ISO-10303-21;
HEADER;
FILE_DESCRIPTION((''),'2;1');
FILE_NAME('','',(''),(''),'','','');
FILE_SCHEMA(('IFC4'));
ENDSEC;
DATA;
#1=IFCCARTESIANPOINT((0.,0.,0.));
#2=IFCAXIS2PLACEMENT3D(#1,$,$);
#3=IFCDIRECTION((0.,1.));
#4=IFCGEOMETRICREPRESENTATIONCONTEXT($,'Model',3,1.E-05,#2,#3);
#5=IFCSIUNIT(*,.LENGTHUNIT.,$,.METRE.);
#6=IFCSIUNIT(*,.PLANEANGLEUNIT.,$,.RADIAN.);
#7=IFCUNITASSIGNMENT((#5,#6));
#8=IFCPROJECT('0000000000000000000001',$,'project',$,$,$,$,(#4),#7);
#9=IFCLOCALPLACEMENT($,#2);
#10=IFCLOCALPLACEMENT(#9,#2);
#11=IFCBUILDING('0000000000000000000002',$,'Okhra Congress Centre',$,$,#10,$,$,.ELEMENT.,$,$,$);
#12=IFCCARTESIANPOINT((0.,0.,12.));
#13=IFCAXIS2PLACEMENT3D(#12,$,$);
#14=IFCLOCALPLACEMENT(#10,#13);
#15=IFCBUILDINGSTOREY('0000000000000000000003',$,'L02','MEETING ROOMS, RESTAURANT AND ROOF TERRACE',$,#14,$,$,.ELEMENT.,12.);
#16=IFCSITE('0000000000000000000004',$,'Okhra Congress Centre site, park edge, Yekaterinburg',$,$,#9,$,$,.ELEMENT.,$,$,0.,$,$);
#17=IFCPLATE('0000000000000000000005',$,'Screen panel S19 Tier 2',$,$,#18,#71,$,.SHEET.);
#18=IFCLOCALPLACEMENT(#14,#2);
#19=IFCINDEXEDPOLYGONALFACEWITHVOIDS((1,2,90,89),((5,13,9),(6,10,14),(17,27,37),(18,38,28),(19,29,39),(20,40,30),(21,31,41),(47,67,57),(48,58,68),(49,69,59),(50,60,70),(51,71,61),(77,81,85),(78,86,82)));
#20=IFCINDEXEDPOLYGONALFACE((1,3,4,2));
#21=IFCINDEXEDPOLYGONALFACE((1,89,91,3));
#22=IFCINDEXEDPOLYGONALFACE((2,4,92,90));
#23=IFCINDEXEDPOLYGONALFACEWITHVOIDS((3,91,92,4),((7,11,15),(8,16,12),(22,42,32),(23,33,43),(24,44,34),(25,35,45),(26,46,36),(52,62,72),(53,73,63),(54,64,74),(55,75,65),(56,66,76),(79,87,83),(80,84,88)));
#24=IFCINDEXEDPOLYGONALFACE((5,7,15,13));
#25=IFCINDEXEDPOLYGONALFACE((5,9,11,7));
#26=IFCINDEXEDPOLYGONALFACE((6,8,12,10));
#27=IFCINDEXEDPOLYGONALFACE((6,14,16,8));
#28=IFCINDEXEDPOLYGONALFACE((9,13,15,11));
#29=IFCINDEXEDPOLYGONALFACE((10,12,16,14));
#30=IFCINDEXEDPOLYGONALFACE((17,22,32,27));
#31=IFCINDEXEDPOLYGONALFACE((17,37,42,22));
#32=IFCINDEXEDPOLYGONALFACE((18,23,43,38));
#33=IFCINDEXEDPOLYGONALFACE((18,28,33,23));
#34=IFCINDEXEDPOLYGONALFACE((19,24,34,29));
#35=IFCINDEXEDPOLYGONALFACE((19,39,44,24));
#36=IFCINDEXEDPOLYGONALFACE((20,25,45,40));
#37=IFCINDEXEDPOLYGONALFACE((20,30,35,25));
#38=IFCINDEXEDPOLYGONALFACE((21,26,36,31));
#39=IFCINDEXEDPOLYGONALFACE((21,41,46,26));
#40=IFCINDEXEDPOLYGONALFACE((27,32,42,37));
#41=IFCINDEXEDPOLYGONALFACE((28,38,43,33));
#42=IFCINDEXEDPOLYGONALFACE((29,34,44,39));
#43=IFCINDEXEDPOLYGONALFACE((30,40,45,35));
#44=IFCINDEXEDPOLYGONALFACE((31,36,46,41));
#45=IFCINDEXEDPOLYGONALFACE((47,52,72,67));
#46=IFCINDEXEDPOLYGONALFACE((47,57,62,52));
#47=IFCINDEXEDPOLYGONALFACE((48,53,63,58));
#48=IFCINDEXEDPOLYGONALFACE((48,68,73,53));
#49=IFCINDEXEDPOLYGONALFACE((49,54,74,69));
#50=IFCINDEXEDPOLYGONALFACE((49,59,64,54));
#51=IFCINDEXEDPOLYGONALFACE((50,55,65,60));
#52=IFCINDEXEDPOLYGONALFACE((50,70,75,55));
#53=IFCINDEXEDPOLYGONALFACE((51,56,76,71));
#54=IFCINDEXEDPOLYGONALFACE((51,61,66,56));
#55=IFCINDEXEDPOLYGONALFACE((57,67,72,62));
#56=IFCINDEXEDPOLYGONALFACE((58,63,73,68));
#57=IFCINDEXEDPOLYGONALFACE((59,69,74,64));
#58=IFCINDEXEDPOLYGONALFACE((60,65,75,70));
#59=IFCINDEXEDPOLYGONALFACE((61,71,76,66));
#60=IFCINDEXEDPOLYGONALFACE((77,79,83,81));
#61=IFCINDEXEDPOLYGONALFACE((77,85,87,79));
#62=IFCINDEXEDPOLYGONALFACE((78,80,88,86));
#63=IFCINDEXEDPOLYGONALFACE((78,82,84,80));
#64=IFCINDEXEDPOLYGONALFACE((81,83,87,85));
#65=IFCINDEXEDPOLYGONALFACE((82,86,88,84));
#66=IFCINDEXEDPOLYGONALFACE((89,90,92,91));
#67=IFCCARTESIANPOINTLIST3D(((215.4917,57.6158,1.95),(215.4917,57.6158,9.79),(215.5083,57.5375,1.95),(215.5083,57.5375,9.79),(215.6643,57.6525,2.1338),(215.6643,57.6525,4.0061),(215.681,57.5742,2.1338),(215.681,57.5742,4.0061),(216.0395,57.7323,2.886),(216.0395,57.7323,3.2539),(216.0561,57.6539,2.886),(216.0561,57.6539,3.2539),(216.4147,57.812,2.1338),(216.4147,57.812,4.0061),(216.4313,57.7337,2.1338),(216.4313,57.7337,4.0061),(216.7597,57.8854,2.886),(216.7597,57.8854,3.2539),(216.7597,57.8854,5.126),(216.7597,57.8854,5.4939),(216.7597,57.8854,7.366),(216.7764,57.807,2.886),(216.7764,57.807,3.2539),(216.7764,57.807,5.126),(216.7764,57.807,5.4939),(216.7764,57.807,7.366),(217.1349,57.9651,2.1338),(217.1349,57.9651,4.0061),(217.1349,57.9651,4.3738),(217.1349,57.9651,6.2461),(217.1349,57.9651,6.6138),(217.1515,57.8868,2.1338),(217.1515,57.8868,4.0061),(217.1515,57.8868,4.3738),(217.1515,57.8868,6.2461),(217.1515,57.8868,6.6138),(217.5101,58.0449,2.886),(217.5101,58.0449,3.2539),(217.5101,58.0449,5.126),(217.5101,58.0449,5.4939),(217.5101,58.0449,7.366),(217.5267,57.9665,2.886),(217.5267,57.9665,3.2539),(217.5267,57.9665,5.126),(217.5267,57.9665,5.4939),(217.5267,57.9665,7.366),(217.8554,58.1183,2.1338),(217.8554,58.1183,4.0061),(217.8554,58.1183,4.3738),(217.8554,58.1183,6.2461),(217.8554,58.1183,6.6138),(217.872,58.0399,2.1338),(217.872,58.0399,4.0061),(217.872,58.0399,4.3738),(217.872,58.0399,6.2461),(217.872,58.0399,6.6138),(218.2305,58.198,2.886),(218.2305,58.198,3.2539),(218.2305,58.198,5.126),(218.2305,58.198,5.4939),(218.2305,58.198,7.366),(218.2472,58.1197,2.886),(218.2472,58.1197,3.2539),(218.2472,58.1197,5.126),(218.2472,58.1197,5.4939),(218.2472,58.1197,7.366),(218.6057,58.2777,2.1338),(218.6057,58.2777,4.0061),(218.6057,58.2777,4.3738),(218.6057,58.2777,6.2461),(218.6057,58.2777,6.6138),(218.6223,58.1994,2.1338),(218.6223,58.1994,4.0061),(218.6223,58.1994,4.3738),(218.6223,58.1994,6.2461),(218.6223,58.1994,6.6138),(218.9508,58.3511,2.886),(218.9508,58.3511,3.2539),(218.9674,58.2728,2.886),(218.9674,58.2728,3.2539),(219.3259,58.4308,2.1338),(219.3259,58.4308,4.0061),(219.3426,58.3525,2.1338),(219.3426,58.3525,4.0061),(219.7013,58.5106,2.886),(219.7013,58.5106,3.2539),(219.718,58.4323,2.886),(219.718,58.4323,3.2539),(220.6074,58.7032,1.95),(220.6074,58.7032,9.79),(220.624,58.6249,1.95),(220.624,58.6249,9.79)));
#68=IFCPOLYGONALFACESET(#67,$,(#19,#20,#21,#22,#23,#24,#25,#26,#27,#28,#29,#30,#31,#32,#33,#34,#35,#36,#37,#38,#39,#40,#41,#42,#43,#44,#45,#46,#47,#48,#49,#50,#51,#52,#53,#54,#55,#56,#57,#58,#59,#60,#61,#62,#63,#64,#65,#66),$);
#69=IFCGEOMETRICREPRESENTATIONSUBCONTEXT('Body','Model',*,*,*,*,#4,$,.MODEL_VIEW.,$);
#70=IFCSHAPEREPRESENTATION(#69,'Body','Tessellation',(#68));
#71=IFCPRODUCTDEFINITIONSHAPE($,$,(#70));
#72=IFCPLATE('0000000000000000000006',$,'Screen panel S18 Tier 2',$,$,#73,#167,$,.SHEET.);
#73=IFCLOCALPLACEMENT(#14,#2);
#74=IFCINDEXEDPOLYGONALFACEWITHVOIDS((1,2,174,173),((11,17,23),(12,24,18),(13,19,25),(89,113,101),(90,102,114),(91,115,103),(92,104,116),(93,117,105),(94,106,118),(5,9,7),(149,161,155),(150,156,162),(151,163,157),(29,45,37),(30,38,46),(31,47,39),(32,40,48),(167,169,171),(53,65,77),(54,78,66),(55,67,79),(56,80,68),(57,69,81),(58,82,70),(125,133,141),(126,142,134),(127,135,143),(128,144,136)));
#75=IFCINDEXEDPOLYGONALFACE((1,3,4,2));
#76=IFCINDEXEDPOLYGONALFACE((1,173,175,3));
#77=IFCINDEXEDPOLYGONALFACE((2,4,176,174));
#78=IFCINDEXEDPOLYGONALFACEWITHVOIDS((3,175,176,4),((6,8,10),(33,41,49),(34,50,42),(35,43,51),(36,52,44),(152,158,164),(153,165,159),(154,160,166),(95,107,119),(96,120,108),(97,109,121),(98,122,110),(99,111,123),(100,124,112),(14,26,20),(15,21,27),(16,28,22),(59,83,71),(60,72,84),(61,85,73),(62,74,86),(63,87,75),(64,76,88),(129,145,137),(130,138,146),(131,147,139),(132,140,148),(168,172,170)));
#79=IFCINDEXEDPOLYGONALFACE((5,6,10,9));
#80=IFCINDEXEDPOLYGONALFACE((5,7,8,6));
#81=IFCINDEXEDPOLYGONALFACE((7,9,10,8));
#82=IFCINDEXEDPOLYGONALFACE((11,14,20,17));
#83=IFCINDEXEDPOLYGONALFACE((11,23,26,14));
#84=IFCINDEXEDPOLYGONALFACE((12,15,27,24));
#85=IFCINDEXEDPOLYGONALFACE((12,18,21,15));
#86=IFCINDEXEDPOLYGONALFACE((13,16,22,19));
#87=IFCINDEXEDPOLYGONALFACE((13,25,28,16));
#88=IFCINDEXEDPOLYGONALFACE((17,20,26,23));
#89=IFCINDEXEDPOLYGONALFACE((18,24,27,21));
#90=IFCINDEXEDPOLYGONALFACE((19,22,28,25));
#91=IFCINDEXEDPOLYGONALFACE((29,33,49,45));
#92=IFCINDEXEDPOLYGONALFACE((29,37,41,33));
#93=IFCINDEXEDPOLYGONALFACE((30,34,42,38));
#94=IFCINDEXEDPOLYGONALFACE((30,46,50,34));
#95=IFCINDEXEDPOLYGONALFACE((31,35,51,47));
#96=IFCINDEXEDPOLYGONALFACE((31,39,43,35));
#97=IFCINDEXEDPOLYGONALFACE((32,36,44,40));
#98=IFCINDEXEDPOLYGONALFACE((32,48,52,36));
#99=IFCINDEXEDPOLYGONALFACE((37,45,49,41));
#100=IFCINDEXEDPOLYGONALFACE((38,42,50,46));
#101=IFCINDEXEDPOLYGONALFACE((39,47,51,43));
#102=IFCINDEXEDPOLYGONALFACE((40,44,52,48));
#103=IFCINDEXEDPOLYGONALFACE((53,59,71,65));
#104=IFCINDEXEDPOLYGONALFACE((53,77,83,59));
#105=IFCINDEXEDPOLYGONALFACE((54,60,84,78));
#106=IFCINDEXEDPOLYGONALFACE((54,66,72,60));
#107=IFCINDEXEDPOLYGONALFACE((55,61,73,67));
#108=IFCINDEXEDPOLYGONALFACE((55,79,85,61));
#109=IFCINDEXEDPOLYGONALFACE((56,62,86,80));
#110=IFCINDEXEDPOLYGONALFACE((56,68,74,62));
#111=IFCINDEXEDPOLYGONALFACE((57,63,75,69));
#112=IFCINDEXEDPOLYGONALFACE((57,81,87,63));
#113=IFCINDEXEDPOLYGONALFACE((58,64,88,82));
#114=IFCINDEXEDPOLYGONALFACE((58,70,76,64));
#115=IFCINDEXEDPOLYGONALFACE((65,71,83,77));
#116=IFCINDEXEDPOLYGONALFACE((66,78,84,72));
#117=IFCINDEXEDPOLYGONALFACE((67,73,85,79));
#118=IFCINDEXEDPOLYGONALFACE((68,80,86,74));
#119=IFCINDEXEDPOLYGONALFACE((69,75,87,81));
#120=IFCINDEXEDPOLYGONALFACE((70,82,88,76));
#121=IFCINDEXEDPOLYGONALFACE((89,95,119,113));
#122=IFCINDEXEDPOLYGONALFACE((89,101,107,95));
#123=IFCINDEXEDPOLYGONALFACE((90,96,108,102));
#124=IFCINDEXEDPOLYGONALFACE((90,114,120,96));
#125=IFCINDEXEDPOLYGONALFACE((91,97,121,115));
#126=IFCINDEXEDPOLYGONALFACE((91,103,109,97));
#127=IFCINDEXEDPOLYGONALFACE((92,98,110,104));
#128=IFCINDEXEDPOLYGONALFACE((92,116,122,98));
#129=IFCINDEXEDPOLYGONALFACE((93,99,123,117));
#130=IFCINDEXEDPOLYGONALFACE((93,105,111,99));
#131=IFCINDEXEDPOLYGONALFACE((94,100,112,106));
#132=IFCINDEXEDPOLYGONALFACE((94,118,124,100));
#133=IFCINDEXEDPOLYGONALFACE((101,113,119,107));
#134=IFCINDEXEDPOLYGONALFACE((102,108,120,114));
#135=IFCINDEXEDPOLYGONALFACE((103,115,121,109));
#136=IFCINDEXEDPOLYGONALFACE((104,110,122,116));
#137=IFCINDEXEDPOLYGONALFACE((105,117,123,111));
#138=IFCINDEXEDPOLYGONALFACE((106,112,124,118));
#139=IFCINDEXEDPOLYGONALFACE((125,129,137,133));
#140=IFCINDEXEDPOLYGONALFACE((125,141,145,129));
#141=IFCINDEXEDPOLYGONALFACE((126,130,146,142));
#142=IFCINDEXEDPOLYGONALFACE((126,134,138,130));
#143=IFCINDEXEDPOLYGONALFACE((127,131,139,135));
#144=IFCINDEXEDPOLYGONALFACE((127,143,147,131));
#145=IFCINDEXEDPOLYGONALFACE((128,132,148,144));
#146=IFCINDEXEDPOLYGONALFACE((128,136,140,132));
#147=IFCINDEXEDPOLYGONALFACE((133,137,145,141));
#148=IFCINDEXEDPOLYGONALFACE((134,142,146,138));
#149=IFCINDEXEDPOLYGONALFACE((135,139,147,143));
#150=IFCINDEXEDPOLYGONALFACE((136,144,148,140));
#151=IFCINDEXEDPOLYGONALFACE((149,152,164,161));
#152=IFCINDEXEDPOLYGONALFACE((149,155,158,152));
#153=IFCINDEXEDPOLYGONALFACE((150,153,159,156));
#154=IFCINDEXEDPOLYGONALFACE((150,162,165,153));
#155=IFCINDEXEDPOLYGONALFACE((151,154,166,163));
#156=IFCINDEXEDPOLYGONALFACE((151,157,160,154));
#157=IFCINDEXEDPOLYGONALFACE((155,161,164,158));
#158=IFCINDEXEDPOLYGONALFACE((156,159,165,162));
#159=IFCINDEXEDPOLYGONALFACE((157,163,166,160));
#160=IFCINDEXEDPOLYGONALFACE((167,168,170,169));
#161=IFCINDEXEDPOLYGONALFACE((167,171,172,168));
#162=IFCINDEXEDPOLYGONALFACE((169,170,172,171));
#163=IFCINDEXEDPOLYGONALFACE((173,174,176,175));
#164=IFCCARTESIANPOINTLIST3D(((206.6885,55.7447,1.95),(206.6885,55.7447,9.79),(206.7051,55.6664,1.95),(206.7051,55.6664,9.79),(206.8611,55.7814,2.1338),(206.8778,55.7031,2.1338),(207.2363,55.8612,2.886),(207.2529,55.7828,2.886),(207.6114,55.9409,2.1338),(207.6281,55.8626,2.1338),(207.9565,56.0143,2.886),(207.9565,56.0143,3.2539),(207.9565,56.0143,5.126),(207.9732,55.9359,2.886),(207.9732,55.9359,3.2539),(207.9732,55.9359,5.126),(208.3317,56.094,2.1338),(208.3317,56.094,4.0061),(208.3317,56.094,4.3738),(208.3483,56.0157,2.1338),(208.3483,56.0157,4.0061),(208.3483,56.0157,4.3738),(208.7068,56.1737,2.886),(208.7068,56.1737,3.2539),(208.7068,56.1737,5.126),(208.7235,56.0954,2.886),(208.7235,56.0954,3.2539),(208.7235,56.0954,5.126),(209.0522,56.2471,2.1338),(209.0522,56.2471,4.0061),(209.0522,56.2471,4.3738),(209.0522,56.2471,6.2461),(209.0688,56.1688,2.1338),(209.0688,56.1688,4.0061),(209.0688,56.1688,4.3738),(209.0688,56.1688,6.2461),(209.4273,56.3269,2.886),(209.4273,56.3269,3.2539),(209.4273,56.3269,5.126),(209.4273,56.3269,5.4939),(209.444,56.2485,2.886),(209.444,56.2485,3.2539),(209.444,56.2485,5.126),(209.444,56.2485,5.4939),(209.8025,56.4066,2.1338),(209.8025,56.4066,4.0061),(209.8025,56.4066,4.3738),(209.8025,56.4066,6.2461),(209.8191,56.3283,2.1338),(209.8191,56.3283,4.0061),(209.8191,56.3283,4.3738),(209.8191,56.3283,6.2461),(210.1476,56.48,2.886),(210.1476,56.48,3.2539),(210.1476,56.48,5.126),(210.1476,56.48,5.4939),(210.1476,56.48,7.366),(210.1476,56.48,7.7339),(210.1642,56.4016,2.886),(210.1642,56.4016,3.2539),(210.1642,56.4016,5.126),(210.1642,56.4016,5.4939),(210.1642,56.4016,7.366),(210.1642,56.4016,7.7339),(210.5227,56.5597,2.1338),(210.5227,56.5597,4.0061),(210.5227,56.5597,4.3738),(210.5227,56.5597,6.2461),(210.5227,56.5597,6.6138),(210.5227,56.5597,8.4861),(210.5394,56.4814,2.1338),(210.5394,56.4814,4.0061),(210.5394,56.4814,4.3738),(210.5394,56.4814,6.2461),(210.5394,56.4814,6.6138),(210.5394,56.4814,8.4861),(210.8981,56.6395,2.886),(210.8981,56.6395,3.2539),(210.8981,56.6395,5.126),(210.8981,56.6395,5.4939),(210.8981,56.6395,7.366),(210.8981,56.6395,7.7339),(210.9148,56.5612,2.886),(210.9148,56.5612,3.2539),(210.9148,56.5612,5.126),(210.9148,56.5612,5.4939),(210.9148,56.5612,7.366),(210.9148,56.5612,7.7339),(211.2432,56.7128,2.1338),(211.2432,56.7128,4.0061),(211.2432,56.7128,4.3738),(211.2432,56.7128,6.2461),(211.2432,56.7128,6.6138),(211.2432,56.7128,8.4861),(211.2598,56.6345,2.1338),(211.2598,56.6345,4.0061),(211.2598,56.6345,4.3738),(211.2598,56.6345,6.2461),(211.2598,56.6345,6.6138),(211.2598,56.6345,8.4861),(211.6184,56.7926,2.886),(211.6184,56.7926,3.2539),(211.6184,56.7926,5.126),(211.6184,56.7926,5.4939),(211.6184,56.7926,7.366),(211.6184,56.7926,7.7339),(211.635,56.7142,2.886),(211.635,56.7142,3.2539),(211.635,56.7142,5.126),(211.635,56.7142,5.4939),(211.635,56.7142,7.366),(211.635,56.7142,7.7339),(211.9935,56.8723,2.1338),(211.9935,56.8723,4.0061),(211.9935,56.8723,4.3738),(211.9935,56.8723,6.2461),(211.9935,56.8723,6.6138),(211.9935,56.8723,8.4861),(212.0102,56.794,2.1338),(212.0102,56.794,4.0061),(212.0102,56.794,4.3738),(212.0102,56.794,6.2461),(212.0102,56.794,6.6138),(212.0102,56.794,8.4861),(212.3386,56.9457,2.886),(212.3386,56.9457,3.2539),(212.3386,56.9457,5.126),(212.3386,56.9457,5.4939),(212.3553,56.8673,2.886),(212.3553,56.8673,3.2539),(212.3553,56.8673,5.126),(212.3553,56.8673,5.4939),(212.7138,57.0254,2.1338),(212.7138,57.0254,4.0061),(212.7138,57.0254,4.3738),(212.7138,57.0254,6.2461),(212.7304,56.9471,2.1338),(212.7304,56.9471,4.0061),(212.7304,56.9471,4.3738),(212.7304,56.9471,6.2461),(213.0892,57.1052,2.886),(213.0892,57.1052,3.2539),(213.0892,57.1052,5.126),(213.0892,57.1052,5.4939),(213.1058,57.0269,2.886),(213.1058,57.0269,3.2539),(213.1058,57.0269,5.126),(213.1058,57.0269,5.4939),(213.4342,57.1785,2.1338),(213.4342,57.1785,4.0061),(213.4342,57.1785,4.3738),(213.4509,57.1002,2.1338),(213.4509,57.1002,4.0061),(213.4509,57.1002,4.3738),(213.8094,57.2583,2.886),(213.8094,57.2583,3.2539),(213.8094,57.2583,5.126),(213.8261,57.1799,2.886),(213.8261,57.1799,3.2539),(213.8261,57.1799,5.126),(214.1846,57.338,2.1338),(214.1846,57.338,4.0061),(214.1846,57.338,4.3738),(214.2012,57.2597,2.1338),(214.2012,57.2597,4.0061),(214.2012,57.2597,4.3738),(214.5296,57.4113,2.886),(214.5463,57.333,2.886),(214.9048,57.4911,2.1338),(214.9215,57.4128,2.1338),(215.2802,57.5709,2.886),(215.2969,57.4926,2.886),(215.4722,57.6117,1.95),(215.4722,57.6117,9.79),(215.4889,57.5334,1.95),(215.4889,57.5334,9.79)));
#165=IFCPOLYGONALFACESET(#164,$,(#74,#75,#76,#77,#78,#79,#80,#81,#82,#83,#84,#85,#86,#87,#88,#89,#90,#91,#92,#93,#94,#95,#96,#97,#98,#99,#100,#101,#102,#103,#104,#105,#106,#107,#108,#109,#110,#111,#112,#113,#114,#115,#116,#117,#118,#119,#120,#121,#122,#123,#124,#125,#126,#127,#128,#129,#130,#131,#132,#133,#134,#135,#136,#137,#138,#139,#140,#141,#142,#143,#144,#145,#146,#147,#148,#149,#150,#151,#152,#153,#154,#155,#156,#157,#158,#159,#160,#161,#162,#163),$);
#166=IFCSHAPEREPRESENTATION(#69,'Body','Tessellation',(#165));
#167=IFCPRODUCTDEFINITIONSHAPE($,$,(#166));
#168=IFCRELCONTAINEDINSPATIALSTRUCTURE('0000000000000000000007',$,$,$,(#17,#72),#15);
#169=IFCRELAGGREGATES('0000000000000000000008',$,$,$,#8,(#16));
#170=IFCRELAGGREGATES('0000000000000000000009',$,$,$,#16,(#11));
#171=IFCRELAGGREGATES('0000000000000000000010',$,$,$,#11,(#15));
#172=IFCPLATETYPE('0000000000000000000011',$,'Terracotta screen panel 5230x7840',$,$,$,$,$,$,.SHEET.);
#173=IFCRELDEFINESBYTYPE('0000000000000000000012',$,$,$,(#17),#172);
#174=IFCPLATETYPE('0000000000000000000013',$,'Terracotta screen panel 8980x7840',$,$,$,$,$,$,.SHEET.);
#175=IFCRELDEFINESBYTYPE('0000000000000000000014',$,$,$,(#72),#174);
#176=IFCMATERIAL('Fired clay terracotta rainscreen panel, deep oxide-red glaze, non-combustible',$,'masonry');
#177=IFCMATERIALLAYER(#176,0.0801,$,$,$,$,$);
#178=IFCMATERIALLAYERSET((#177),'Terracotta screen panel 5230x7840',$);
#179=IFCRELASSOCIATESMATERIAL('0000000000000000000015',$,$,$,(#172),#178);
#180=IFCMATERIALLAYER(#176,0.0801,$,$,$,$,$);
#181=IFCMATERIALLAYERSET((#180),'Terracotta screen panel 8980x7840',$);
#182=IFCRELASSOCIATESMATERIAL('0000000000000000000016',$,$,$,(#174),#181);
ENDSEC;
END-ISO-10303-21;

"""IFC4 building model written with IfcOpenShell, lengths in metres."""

from ifc_helpers import new_model, si_unit, direction, frame, origin, place, context, subcontext, project, spatial, polyline, outline, extrude, material, layer, layer_set, type_object, element, save


model = new_model("IFC4")

# Units and contexts
model_context = context("Model", 3, precision=1e-05, world=origin(), true_north=direction((0.0, 1.0)))
body_context = subcontext(model_context, "Body", "Model", "MODEL_VIEW")
ifc_project = project(units=[si_unit("LENGTHUNIT", "METRE"), si_unit("PLANEANGLEUNIT", "RADIAN")], contexts=[model_context])

# Site, building, storey
site_placement = place(None, origin())
site = spatial("IfcSite", under=ifc_project, at=site_placement, Name="Okhra Congress Centre site, park edge, Yekaterinburg", CompositionType="ELEMENT", RefElevation=0.0)
building_placement = place(site_placement, origin())
building = spatial("IfcBuilding", under=site, at=building_placement, Name="Okhra Congress Centre", CompositionType="ELEMENT")
storey_placement = place(building_placement, frame((0.0, 0.0, 12.0)))
storey = spatial("IfcBuildingStorey", under=building, at=storey_placement, Name="L02", Description="MEETING ROOMS, RESTAURANT AND ROOF TERRACE", CompositionType="ELEMENT", Elevation=12.0)

# Plates
ifc_material_1 = material(Name="Fired clay terracotta rainscreen panel, deep oxide-red glaze, non-combustible", Category="masonry")
ifc_layer_1 = layer(ifc_material_1, 0.0801)
ifc_layer_set_1 = layer_set([ifc_layer_1], Name="Terracotta screen panel 5230x7840")
plate_type_1 = type_object("IfcPlateType", Name="Terracotta screen panel 5230x7840", PredefinedType="SHEET", material=ifc_layer_set_1)
plate_1_placement = place(storey_placement, frame((215.5, 57.5767, 1.95), z_axis=(0.0, 0.0, 1.0), x_axis=(0.978147, 0.207916, 0.0)))
element("IfcPlate", 1, at=plate_1_placement, inside=storey, type_object=plate_type_1, Name="Screen panel S19 Tier 2", PredefinedType="SHEET", context=body_context, shape_type="SweptSolid", body=[
    extrude(outline(polyline([(0.0, 0.0), (5.23, 0.0), (5.23, 7.8401), (0.0, 7.8401), (0.0, 0.0)]), holes=[polyline([(0.1765, 0.1838), (0.9436, 0.1838), (0.5601, 0.936), (0.1765, 0.1838)]), polyline([(1.2964, 0.936), (1.6799, 0.1838), (2.0635, 0.936), (1.2964, 0.936)]), polyline([(2.4165, 0.1838), (3.1836, 0.1838), (2.8, 0.936), (2.4165, 0.1838)]), polyline([(3.5364, 0.936), (3.9199, 0.1838), (4.3037, 0.936), (3.5364, 0.936)]), polyline([(0.1765, 2.0562), (0.5601, 1.304), (0.9436, 2.0562), (0.1765, 2.0562)]), polyline([(1.2964, 1.304), (2.0635, 1.304), (1.6799, 2.0562), (1.2964, 1.304)]), polyline([(2.4165, 2.0562), (2.8, 1.304), (3.1836, 2.0562), (2.4165, 2.0562)]), polyline([(3.5364, 1.304), (4.3037, 1.304), (3.9199, 2.0562), (3.5364, 1.304)]), polyline([(1.2964, 3.176), (1.6799, 2.4238), (2.0635, 3.176), (1.2964, 3.176)]), polyline([(2.4165, 2.4238), (3.1836, 2.4238), (2.8, 3.176), (2.4165, 2.4238)]), polyline([(1.2964, 3.5439), (2.0635, 3.5439), (1.6799, 4.2961), (1.2964, 3.5439)]), polyline([(2.4165, 4.2961), (2.8, 3.5439), (3.1836, 4.2961), (2.4165, 4.2961)]), polyline([(1.2964, 5.416), (1.6799, 4.6638), (2.0635, 5.416), (1.2964, 5.416)]), polyline([(2.4165, 4.6638), (3.1836, 4.6638), (2.8, 5.416), (2.4165, 4.6638)])]), frame((0.0, 0.04, 0.0), z_axis=(0.0, -1.0, 0.0), x_axis=(1.0, 0.0, 0.0)), (0.0, 0.0, 1.0), 0.0801),
])
ifc_layer_2 = layer(ifc_material_1, 0.0801)
ifc_layer_set_2 = layer_set([ifc_layer_2], Name="Terracotta screen panel 8980x7840")
plate_type_2 = type_object("IfcPlateType", Name="Terracotta screen panel 8980x7840", PredefinedType="SHEET", material=ifc_layer_set_2)
plate_2_placement = place(storey_placement, frame((206.6968, 55.7056, 1.95), z_axis=(0.0, 0.0, 1.0), x_axis=(0.97815, 0.207902, 0.0)))
element("IfcPlate", 2, at=plate_2_placement, inside=storey, type_object=plate_type_2, Name="Screen panel S18 Tier 2", PredefinedType="SHEET", context=body_context, shape_type="SweptSolid", body=[
    extrude(outline(polyline([(0.0, 0.0), (8.98, 0.0), (8.98, 7.8401), (0.0, 7.8401), (0.0, 0.0)]), holes=[polyline([(0.1765, 0.1838), (0.9436, 0.1838), (0.5601, 0.936), (0.1765, 0.1838)]), polyline([(1.2964, 0.936), (1.6799, 0.1838), (2.0635, 0.936), (1.2964, 0.936)]), polyline([(2.4165, 0.1838), (3.1836, 0.1838), (2.8, 0.936), (2.4165, 0.1838)]), polyline([(3.5364, 0.936), (3.9199, 0.1838), (4.3037, 0.936), (3.5364, 0.936)]), polyline([(4.6565, 0.1838), (5.4236, 0.1838), (5.04, 0.936), (4.6565, 0.1838)]), polyline([(5.7764, 0.936), (6.1599, 0.1838), (6.5437, 0.936), (5.7764, 0.936)]), polyline([(6.8965, 0.1838), (7.6636, 0.1838), (7.28, 0.936), (6.8965, 0.1838)]), polyline([(8.0164, 0.936), (8.3999, 0.1838), (8.7837, 0.936), (8.0164, 0.936)]), polyline([(1.2964, 1.304), (2.0635, 1.304), (1.6799, 2.0562), (1.2964, 1.304)]), polyline([(2.4165, 2.0562), (2.8, 1.304), (3.1836, 2.0562), (2.4165, 2.0562)]), polyline([(3.5364, 1.304), (4.3037, 1.304), (3.9199, 2.0562), (3.5364, 1.304)]), polyline([(4.6565, 2.0562), (5.04, 1.304), (5.4236, 2.0562), (4.6565, 2.0562)]), polyline([(5.7764, 1.304), (6.5437, 1.304), (6.1599, 2.0562), (5.7764, 1.304)]), polyline([(6.8965, 2.0562), (7.28, 1.304), (7.6636, 2.0562), (6.8965, 2.0562)]), polyline([(1.2964, 3.176), (1.6799, 2.4238), (2.0635, 3.176), (1.2964, 3.176)]), polyline([(2.4165, 2.4238), (3.1836, 2.4238), (2.8, 3.176), (2.4165, 2.4238)]), polyline([(3.5364, 3.176), (3.9199, 2.4238), (4.3037, 3.176), (3.5364, 3.176)]), polyline([(4.6565, 2.4238), (5.4236, 2.4238), (5.04, 3.176), (4.6565, 2.4238)]), polyline([(5.7764, 3.176), (6.1599, 2.4238), (6.5437, 3.176), (5.7764, 3.176)]), polyline([(6.8965, 2.4238), (7.6636, 2.4238), (7.28, 3.176), (6.8965, 2.4238)]), polyline([(2.4165, 4.2961), (2.8, 3.5439), (3.1836, 4.2961), (2.4165, 4.2961)]), polyline([(3.5364, 3.5439), (4.3037, 3.5439), (3.9199, 4.2961), (3.5364, 3.5439)]), polyline([(4.6565, 4.2961), (5.04, 3.5439), (5.4236, 4.2961), (4.6565, 4.2961)]), polyline([(5.7764, 3.5439), (6.5437, 3.5439), (6.1599, 4.2961), (5.7764, 3.5439)]), polyline([(3.5364, 5.416), (3.9199, 4.6638), (4.3037, 5.416), (3.5364, 5.416)]), polyline([(4.6565, 4.6638), (5.4236, 4.6638), (5.04, 5.416), (4.6565, 4.6638)]), polyline([(3.5364, 5.7839), (4.3037, 5.7839), (3.9199, 6.5361), (3.5364, 5.7839)]), polyline([(4.6565, 6.5361), (5.04, 5.7839), (5.4236, 6.5361), (4.6565, 6.5361)])]), frame((0.0, 0.04, 0.0), z_axis=(0.0, -1.0, 0.0), x_axis=(1.0, 0.0, 0.0)), (0.0, 0.0, 1.0), 0.0801),
])

save(model, "model.ifc")
